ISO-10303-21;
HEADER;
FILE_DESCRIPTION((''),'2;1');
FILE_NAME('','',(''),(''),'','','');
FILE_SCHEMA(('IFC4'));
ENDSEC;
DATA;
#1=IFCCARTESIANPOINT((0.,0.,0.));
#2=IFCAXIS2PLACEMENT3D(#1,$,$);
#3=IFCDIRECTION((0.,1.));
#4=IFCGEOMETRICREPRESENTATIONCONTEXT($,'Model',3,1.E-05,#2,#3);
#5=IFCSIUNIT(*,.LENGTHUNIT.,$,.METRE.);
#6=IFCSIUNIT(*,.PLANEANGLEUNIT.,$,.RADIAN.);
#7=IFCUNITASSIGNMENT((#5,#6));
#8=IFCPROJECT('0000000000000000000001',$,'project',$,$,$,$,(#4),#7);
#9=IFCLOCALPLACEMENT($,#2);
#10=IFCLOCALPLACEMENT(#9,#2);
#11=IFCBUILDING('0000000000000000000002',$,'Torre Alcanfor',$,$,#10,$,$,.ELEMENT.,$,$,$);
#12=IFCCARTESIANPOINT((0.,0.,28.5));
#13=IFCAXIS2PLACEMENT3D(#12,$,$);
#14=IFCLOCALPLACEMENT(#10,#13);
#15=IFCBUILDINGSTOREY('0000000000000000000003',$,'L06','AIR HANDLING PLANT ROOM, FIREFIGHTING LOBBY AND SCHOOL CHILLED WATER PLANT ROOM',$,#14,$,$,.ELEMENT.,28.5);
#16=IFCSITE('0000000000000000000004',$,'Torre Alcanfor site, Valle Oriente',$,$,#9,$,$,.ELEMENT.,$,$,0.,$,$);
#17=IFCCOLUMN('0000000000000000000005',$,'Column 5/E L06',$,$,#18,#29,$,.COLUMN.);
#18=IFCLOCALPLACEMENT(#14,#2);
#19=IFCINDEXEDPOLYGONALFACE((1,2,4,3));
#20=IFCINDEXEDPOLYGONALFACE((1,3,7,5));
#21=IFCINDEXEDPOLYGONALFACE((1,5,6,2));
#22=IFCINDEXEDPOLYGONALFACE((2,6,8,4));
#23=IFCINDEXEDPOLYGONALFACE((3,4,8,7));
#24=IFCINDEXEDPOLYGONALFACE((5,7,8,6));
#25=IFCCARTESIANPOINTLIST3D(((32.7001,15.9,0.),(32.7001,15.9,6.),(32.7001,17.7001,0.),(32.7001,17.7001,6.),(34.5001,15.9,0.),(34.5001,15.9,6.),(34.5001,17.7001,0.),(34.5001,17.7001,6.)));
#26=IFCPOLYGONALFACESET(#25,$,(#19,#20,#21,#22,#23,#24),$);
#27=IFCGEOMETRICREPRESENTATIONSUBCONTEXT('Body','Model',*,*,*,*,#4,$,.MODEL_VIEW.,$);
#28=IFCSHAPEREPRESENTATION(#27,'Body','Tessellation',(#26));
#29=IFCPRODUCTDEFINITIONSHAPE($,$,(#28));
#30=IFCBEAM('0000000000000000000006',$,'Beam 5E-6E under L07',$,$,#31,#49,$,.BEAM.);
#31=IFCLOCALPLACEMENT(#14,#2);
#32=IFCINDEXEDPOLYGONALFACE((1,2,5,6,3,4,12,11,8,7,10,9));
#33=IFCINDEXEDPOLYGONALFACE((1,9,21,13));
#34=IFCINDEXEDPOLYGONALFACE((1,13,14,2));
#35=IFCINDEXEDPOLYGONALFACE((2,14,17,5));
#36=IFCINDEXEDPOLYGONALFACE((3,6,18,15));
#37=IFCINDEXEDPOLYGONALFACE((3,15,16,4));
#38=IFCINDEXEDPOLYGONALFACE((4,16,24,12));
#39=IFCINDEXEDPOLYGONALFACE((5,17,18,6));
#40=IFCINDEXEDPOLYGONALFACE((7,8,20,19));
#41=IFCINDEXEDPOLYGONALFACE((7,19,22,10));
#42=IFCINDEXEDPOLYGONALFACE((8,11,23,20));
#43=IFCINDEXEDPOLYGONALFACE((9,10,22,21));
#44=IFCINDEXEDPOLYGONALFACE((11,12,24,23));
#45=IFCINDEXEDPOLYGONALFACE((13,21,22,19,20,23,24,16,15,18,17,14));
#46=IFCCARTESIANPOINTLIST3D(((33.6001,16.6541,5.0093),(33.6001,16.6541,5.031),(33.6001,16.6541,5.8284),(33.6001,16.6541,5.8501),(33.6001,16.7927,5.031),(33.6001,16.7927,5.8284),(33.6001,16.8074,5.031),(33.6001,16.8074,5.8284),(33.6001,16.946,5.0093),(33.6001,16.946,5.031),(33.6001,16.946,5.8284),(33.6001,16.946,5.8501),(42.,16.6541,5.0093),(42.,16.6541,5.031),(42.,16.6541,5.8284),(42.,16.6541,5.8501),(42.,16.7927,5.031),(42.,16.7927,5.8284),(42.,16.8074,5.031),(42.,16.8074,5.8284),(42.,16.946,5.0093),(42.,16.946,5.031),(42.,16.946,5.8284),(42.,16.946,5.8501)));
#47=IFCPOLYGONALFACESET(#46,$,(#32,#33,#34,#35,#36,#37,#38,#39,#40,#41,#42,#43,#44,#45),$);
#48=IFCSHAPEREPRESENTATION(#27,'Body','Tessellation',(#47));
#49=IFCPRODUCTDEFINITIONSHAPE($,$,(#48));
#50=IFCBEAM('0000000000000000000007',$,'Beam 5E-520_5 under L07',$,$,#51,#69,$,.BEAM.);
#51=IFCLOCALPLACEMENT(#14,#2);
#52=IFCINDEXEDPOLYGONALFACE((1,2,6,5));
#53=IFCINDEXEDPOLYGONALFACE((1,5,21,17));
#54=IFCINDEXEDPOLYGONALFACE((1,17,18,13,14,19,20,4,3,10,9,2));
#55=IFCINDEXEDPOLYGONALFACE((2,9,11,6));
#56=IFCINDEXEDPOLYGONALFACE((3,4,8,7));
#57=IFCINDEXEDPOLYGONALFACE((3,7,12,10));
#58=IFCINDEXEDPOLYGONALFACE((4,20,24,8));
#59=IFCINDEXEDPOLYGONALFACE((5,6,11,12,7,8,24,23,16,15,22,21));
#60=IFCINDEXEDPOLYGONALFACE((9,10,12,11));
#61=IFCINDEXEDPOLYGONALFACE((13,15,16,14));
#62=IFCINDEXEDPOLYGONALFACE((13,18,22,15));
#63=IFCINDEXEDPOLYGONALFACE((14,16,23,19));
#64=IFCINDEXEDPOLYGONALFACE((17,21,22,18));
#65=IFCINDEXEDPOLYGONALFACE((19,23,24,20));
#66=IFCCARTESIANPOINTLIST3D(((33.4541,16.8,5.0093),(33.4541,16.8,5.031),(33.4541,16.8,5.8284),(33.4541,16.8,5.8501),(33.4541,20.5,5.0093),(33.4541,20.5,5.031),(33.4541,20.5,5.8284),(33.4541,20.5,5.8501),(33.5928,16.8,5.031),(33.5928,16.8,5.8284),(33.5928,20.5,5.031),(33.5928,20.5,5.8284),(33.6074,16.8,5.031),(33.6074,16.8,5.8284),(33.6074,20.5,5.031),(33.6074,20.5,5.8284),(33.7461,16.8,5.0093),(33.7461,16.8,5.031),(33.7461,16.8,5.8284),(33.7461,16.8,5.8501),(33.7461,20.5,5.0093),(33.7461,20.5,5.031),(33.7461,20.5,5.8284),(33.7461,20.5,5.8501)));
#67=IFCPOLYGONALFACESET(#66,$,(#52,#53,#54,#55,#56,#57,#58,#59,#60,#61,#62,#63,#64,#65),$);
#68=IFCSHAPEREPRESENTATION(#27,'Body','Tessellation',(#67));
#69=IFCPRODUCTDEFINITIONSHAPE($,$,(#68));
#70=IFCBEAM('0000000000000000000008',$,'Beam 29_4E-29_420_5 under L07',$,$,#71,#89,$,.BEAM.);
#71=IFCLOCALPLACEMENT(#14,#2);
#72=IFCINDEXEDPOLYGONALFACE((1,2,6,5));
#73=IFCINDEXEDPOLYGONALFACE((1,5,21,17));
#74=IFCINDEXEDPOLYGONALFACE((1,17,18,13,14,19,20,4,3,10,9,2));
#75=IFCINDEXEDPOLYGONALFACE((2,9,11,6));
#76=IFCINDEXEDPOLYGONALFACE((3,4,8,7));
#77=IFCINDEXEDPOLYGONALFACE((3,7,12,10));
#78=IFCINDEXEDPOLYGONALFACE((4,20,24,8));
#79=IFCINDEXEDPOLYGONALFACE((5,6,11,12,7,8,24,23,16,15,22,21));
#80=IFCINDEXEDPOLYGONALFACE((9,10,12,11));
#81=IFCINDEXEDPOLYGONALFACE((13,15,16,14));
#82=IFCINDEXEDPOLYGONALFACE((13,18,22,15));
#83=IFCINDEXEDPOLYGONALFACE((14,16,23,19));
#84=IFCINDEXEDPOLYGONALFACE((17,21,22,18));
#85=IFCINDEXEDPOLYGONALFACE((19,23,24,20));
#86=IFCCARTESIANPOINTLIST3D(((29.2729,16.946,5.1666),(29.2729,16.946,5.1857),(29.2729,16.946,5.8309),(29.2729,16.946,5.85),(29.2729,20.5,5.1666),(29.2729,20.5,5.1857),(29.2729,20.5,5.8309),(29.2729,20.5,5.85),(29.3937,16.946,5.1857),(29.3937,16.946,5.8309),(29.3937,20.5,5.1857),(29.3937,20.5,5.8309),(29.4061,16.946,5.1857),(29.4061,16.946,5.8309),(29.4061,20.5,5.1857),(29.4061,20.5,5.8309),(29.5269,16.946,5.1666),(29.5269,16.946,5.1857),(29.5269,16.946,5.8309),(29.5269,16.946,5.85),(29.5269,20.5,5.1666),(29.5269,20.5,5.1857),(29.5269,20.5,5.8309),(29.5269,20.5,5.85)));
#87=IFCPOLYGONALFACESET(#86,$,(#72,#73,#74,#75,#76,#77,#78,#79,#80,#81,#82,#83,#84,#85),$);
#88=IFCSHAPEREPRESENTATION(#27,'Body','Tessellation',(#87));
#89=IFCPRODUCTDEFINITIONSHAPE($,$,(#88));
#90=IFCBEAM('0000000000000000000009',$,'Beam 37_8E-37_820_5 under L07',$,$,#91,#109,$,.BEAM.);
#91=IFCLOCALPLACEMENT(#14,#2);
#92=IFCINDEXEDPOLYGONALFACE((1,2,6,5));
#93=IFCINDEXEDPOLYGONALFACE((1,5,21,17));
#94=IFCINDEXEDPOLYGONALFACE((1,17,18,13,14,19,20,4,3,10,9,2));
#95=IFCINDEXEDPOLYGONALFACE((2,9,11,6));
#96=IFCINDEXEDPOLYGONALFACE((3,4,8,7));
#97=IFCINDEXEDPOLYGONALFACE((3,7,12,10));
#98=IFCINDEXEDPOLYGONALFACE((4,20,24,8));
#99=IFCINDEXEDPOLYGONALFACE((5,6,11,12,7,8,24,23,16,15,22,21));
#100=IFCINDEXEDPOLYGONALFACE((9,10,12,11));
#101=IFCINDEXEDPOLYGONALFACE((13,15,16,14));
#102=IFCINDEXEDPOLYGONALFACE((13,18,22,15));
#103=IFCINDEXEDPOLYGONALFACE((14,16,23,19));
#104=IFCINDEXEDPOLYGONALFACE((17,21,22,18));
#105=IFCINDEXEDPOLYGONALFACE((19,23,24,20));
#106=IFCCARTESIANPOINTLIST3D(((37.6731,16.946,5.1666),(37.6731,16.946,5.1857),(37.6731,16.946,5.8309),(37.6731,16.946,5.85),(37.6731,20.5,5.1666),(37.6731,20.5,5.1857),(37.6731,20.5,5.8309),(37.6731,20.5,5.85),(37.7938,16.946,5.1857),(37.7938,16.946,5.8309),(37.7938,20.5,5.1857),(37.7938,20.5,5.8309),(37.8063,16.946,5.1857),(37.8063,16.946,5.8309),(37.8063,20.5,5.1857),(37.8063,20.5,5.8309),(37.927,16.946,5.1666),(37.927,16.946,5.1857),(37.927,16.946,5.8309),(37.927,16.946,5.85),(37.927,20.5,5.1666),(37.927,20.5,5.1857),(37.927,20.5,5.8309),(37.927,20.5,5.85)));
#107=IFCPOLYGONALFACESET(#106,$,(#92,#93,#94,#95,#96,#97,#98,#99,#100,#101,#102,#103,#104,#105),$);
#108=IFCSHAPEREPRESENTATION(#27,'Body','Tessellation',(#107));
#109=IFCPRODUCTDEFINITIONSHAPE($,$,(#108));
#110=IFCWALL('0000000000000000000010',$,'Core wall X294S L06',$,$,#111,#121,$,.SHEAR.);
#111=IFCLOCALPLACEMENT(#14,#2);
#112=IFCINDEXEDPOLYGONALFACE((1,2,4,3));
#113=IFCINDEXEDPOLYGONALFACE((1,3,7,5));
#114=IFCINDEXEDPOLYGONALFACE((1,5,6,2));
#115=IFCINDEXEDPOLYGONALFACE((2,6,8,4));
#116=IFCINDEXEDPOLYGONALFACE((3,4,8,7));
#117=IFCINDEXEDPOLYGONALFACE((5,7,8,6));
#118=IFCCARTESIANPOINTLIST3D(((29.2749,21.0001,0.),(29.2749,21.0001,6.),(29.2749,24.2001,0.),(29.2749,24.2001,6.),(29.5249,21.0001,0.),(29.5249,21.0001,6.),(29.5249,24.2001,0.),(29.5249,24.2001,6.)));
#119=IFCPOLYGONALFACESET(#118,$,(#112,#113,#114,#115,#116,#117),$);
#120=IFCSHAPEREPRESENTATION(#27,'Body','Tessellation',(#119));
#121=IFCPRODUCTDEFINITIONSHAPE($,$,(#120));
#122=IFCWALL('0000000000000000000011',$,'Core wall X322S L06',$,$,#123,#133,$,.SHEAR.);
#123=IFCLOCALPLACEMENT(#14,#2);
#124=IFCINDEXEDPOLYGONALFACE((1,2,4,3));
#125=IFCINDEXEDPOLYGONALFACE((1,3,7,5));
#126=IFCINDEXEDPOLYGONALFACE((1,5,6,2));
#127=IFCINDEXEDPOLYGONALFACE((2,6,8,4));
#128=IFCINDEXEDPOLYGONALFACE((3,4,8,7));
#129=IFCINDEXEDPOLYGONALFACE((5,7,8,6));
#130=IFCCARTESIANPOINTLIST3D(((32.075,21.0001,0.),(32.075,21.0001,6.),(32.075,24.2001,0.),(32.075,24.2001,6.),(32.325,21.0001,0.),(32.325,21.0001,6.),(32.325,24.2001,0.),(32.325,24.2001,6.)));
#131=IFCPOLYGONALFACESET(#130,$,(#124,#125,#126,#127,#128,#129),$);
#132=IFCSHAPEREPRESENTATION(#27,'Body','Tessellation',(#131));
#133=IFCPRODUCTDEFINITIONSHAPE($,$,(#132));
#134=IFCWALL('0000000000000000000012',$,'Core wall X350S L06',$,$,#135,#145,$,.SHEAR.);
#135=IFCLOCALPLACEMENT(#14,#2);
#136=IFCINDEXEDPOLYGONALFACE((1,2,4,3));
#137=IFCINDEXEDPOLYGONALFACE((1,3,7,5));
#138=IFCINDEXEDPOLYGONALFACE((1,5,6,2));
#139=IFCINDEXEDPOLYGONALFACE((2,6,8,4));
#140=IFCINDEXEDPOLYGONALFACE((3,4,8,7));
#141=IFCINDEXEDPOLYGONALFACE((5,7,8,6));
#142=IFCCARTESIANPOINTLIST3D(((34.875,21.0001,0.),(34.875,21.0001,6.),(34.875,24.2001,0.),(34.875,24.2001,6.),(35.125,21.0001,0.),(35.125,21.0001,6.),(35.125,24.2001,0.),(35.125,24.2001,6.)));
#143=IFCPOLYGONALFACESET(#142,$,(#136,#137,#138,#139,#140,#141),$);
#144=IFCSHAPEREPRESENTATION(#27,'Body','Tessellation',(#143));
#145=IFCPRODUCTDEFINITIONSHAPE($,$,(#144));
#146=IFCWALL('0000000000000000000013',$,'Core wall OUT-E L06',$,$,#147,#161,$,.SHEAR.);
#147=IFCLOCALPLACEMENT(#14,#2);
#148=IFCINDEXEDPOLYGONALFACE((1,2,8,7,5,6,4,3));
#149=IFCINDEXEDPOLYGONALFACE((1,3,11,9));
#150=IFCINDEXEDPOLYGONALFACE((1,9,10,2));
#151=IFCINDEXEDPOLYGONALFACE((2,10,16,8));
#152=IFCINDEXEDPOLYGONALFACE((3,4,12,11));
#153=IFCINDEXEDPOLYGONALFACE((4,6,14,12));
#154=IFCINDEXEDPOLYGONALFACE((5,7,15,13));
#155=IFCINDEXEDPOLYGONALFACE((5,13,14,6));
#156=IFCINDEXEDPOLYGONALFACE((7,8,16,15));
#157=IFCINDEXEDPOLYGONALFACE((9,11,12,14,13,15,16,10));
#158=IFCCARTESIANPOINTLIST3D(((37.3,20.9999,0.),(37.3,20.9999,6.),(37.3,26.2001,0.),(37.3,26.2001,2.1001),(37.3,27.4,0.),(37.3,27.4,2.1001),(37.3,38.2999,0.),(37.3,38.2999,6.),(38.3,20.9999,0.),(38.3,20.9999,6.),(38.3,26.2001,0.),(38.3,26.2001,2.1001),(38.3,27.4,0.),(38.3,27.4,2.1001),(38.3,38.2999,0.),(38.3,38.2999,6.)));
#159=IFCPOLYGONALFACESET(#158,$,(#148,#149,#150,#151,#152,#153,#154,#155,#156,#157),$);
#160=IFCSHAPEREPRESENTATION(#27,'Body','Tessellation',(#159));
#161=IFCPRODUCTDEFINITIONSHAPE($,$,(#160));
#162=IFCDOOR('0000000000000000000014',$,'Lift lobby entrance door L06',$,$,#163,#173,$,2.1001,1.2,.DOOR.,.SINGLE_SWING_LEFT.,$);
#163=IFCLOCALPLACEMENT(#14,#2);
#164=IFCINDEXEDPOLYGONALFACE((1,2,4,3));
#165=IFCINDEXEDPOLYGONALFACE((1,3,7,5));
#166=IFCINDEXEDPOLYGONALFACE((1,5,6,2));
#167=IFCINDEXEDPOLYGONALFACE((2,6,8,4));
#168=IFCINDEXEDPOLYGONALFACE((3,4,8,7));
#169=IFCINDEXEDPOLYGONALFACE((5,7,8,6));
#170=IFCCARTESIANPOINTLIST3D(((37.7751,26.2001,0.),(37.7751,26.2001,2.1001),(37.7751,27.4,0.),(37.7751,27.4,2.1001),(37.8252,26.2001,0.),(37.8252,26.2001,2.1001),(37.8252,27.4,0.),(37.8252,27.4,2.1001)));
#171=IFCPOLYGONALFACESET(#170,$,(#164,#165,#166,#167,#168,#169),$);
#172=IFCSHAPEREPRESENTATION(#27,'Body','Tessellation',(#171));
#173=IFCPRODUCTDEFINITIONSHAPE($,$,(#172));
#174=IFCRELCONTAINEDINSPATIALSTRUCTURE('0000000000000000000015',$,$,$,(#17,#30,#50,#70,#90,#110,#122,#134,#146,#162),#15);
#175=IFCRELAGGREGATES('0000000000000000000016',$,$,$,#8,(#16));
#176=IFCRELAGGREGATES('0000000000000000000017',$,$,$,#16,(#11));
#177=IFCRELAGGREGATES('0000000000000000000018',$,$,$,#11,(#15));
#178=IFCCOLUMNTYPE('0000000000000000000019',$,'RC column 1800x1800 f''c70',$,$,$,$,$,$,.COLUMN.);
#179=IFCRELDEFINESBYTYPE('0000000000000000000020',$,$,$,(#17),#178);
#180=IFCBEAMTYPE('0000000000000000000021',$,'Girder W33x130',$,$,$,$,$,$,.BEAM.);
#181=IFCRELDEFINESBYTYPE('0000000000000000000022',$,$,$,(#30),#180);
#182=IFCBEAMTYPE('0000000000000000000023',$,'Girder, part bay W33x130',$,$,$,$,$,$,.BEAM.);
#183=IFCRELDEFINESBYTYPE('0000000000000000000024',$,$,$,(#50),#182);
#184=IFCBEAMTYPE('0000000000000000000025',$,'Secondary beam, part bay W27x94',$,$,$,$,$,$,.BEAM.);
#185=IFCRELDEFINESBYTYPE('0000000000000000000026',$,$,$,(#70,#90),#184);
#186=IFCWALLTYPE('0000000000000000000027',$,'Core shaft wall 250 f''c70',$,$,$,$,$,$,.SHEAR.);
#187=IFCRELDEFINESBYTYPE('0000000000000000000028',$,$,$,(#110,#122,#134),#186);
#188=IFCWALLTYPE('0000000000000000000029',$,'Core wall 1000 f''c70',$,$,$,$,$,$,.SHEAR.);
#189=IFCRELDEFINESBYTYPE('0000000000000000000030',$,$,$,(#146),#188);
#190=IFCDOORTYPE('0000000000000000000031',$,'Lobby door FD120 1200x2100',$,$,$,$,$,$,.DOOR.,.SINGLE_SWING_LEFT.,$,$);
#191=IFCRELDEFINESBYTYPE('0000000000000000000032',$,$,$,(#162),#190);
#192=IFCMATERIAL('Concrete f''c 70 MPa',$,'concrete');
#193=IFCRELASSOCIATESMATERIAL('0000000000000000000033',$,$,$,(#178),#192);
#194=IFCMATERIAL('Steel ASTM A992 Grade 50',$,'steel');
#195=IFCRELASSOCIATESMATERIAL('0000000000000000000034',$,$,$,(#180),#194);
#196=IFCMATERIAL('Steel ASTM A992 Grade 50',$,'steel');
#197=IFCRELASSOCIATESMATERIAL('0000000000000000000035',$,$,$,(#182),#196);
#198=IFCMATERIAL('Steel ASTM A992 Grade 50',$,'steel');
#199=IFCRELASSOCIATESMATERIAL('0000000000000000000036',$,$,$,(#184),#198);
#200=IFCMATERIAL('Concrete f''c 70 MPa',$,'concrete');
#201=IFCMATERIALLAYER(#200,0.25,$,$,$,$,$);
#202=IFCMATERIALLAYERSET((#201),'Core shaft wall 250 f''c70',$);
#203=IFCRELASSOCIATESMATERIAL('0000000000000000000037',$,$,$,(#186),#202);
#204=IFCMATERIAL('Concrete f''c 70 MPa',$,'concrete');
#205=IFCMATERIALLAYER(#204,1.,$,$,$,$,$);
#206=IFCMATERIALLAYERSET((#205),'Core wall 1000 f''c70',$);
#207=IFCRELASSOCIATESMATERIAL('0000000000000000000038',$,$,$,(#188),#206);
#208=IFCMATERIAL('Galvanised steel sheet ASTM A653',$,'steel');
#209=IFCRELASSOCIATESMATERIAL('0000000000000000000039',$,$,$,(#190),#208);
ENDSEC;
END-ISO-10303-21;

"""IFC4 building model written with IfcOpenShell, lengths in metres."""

from ifc_helpers import new_model, si_unit, direction, frame, frame_2d, origin, origin_2d, place, context, subcontext, project, spatial, rectangle, i_section, extrude, material, layer, layer_set, material_profile, profile_set, type_object, element, fill, save


model = new_model("IFC4")

# Units and contexts
model_context = context("Model", 3, precision=1e-05, world=origin(), true_north=direction((0.0, 1.0)))
body_context = subcontext(model_context, "Body", "Model", "MODEL_VIEW")
ifc_project = project(units=[si_unit("LENGTHUNIT", "METRE"), si_unit("PLANEANGLEUNIT", "RADIAN")], contexts=[model_context])

# Site, building, storey
site_placement = place(None, origin())
site = spatial("IfcSite", under=ifc_project, at=site_placement, Name="Torre Alcanfor site, Valle Oriente", CompositionType="ELEMENT", RefElevation=0.0)
building_placement = place(site_placement, origin())
building = spatial("IfcBuilding", under=site, at=building_placement, Name="Torre Alcanfor", CompositionType="ELEMENT")
storey_placement = place(building_placement, frame((0.0, 0.0, 28.5)))
storey = spatial("IfcBuildingStorey", under=building, at=storey_placement, Name="L06", Description="AIR HANDLING PLANT ROOM, FIREFIGHTING LOBBY AND SCHOOL CHILLED WATER PLANT ROOM", CompositionType="ELEMENT", Elevation=28.5)

# Column
ifc_material_1 = material(Name="Concrete f'c 70 MPa", Category="concrete")
ifc_material_profile_1 = material_profile(ifc_material_1, rectangle(XDim=1.8, YDim=1.8, at=origin_2d()), Name="1800x1800")
ifc_profile_set_1 = profile_set([ifc_material_profile_1], Name="Concrete f'c 70 MPa")
column_type = type_object("IfcColumnType", Name="RC column 1800x1800 f'c70", PredefinedType="COLUMN", material=ifc_profile_set_1)
column_placement = place(storey_placement, frame((33.6001, 16.8, 0.0), z_axis=(0.0, 0.0, 1.0), x_axis=(1.0, 0.0, 0.0)))
element("IfcColumn", 1, at=column_placement, inside=storey, type_object=column_type, Name="Column 5/E L06", PredefinedType="COLUMN", context=body_context, shape_type="SweptSolid", body=[
    extrude(rectangle(XDim=1.8, YDim=1.8, at=origin_2d()), origin(), (0.0, 0.0, 1.0), 6.0),
])

# Beams
ifc_material_2 = material(Name="Steel ASTM A992 Grade 50", Category="steel")
ifc_material_profile_2 = material_profile(ifc_material_2, i_section(OverallWidth=0.292, OverallDepth=0.8408, WebThickness=0.0146, FlangeThickness=0.0217, at=origin_2d()), Name="W33x130")
ifc_profile_set_2 = profile_set([ifc_material_profile_2], Name="Steel ASTM A992 Grade 50")
beam_type_1 = type_object("IfcBeamType", Name="Girder W33x130", PredefinedType="BEAM", material=ifc_profile_set_2)
beam_1_placement = place(storey_placement, frame((33.6001, 16.8, 5.4297), z_axis=(1.0, 0.0, 0.0), x_axis=(0.0, 1.0, 0.0)))
element("IfcBeam", 2, at=beam_1_placement, inside=storey, type_object=beam_type_1, Name="Beam 5E-6E under L07", PredefinedType="BEAM", context=body_context, shape_type="SweptSolid", body=[
    extrude(i_section(OverallWidth=0.292, OverallDepth=0.8408, WebThickness=0.0146, FlangeThickness=0.0217, at=origin_2d()), origin(), (0.0, 0.0, 1.0), 8.3999),
])
ifc_material_3 = material(Name="Steel ASTM A992 Grade 50", Category="steel")
ifc_material_profile_3 = material_profile(ifc_material_3, i_section(OverallWidth=0.292, OverallDepth=0.8408, WebThickness=0.0146, FlangeThickness=0.0217, at=origin_2d()), Name="W33x130")
ifc_profile_set_3 = profile_set([ifc_material_profile_3], Name="Steel ASTM A992 Grade 50")
beam_type_2 = type_object("IfcBeamType", Name="Girder, part bay W33x130", PredefinedType="BEAM", material=ifc_profile_set_3)
beam_2_placement = place(storey_placement, frame((33.6001, 16.8, 5.4297), z_axis=(0.0, 1.0, 0.0), x_axis=(-1.0, 0.0, 0.0)))
element("IfcBeam", 3, at=beam_2_placement, inside=storey, type_object=beam_type_2, Name="Beam 5E-520_5 under L07", PredefinedType="BEAM", context=body_context, shape_type="SweptSolid", body=[
    extrude(i_section(OverallWidth=0.292, OverallDepth=0.8408, WebThickness=0.0146, FlangeThickness=0.0217, at=origin_2d()), origin(), (0.0, 0.0, 1.0), 3.7),
])
ifc_material_4 = material(Name="Steel ASTM A992 Grade 50", Category="steel")
ifc_material_profile_4 = material_profile(ifc_material_4, i_section(OverallWidth=0.2539, OverallDepth=0.6833, WebThickness=0.0125, FlangeThickness=0.019, at=origin_2d()), Name="W27x94")
ifc_profile_set_4 = profile_set([ifc_material_profile_4], Name="Steel ASTM A992 Grade 50")
beam_type_3 = type_object("IfcBeamType", Name="Secondary beam, part bay W27x94", PredefinedType="BEAM", material=ifc_profile_set_4)
for number, where, z_axis, x_axis, name in (
    (4, (29.3999, 16.946, 5.5083), (0.0, 1.0, 0.0), (-1.0, 0.0, 0.0), "Beam 29_4E-29_420_5 under L07"),
    (5, (37.8, 16.946, 5.5083), (0.0, 1.0, 0.0), (-1.0, 0.0, 0.0), "Beam 37_8E-37_820_5 under L07"),
):
    element("IfcBeam", number, at=place(storey_placement, frame(where, z_axis=z_axis, x_axis=x_axis)), inside=storey, type_object=beam_type_3, Name=name, PredefinedType="BEAM", context=body_context, shape_type="SweptSolid", body=[
        extrude(i_section(OverallWidth=0.2539, OverallDepth=0.6833, WebThickness=0.0125, FlangeThickness=0.019, at=origin_2d()), origin(), (0.0, 0.0, 1.0), 3.554),
    ])

# Walls
ifc_material_5 = material(Name="Concrete f'c 70 MPa", Category="concrete")
ifc_layer_1 = layer(ifc_material_5, 0.25)
ifc_layer_set_1 = layer_set([ifc_layer_1], Name="Core shaft wall 250 f'c70")
wall_type_1 = type_object("IfcWallType", Name="Core shaft wall 250 f'c70", PredefinedType="SHEAR", material=ifc_layer_set_1)
for number, where, z_axis, x_axis, name in (
    (6, (29.3999, 21.0, 0.0), (0.0, 0.0, 1.0), (0.0, 1.0, 0.0), "Core wall X294S L06"),
    (7, (32.2, 21.0, 0.0), (0.0, 0.0, 1.0), (0.0, 1.0, 0.0), "Core wall X322S L06"),
    (8, (35.0, 21.0, 0.0), (0.0, 0.0, 1.0), (0.0, 1.0, 0.0), "Core wall X350S L06"),
):
    element("IfcWall", number, at=place(storey_placement, frame(where, z_axis=z_axis, x_axis=x_axis)), inside=storey, type_object=wall_type_1, Name=name, PredefinedType="SHEAR", context=body_context, shape_type="SweptSolid", body=[
        extrude(rectangle(XDim=3.2, YDim=0.25, at=frame_2d((1.6001, 0.0))), origin(), (0.0, 0.0, 1.0), 6.0),
    ])

# Wall, opening, door
ifc_material_6 = material(Name="Concrete f'c 70 MPa", Category="concrete")
ifc_layer_2 = layer(ifc_material_6, 1.0)
ifc_layer_set_2 = layer_set([ifc_layer_2], Name="Core wall 1000 f'c70")
wall_type_2 = type_object("IfcWallType", Name="Core wall 1000 f'c70", PredefinedType="SHEAR", material=ifc_layer_set_2)
wall_1_placement = place(storey_placement, frame((37.8, 21.0, 0.0), z_axis=(0.0, 0.0, 1.0), x_axis=(0.0, 1.0, 0.0)))
wall_1 = element("IfcWall", 9, at=wall_1_placement, inside=storey, type_object=wall_type_2, Name="Core wall OUT-E L06", PredefinedType="SHEAR", context=body_context, shape_type="SweptSolid", body=[
    extrude(rectangle(XDim=17.3, YDim=1.0, at=frame_2d((8.6499, 0.0))), origin(), (0.0, 0.0, 1.0), 6.0),
])
opening_1_placement = place(wall_1_placement, frame((5.2, 0.0, 0.0)))
opening_1 = element("IfcOpeningElement", 10, at=opening_1_placement, cuts=wall_1, PredefinedType="OPENING", context=body_context, shape_type="SweptSolid", body=[
    extrude(rectangle(XDim=1.2, YDim=2.1001, at=frame_2d((0.6001, 1.05))), frame((0.0, 0.51, 0.0), z_axis=(0.0, -1.0, 0.0), x_axis=(1.0, 0.0, 0.0)), (0.0, 0.0, 1.0), 1.02),
])
ifc_material_7 = material(Name="Galvanised steel sheet ASTM A653", Category="steel")
door_type_1 = type_object("IfcDoorType", Name="Lobby door FD120 1200x2100", OperationType="SINGLE_SWING_LEFT", PredefinedType="DOOR", material=ifc_material_7)
door_1_placement = place(opening_1_placement, origin())
door_1 = element("IfcDoor", 11, at=door_1_placement, inside=storey, type_object=door_type_1, Name="Lift lobby entrance door L06", OperationType="SINGLE_SWING_LEFT", OverallHeight=2.1001, OverallWidth=1.2, PredefinedType="DOOR", context=body_context, shape_type="SweptSolid", body=[
    extrude(rectangle(XDim=1.2, YDim=2.1001, at=frame_2d((0.6001, 1.05))), frame((0.0, 0.0249, 0.0), z_axis=(0.0, -1.0, 0.0), x_axis=(1.0, 0.0, 0.0)), (0.0, 0.0, 1.0), 0.05),
])
fill(opening_1, door_1)

save(model, "model.ifc")
